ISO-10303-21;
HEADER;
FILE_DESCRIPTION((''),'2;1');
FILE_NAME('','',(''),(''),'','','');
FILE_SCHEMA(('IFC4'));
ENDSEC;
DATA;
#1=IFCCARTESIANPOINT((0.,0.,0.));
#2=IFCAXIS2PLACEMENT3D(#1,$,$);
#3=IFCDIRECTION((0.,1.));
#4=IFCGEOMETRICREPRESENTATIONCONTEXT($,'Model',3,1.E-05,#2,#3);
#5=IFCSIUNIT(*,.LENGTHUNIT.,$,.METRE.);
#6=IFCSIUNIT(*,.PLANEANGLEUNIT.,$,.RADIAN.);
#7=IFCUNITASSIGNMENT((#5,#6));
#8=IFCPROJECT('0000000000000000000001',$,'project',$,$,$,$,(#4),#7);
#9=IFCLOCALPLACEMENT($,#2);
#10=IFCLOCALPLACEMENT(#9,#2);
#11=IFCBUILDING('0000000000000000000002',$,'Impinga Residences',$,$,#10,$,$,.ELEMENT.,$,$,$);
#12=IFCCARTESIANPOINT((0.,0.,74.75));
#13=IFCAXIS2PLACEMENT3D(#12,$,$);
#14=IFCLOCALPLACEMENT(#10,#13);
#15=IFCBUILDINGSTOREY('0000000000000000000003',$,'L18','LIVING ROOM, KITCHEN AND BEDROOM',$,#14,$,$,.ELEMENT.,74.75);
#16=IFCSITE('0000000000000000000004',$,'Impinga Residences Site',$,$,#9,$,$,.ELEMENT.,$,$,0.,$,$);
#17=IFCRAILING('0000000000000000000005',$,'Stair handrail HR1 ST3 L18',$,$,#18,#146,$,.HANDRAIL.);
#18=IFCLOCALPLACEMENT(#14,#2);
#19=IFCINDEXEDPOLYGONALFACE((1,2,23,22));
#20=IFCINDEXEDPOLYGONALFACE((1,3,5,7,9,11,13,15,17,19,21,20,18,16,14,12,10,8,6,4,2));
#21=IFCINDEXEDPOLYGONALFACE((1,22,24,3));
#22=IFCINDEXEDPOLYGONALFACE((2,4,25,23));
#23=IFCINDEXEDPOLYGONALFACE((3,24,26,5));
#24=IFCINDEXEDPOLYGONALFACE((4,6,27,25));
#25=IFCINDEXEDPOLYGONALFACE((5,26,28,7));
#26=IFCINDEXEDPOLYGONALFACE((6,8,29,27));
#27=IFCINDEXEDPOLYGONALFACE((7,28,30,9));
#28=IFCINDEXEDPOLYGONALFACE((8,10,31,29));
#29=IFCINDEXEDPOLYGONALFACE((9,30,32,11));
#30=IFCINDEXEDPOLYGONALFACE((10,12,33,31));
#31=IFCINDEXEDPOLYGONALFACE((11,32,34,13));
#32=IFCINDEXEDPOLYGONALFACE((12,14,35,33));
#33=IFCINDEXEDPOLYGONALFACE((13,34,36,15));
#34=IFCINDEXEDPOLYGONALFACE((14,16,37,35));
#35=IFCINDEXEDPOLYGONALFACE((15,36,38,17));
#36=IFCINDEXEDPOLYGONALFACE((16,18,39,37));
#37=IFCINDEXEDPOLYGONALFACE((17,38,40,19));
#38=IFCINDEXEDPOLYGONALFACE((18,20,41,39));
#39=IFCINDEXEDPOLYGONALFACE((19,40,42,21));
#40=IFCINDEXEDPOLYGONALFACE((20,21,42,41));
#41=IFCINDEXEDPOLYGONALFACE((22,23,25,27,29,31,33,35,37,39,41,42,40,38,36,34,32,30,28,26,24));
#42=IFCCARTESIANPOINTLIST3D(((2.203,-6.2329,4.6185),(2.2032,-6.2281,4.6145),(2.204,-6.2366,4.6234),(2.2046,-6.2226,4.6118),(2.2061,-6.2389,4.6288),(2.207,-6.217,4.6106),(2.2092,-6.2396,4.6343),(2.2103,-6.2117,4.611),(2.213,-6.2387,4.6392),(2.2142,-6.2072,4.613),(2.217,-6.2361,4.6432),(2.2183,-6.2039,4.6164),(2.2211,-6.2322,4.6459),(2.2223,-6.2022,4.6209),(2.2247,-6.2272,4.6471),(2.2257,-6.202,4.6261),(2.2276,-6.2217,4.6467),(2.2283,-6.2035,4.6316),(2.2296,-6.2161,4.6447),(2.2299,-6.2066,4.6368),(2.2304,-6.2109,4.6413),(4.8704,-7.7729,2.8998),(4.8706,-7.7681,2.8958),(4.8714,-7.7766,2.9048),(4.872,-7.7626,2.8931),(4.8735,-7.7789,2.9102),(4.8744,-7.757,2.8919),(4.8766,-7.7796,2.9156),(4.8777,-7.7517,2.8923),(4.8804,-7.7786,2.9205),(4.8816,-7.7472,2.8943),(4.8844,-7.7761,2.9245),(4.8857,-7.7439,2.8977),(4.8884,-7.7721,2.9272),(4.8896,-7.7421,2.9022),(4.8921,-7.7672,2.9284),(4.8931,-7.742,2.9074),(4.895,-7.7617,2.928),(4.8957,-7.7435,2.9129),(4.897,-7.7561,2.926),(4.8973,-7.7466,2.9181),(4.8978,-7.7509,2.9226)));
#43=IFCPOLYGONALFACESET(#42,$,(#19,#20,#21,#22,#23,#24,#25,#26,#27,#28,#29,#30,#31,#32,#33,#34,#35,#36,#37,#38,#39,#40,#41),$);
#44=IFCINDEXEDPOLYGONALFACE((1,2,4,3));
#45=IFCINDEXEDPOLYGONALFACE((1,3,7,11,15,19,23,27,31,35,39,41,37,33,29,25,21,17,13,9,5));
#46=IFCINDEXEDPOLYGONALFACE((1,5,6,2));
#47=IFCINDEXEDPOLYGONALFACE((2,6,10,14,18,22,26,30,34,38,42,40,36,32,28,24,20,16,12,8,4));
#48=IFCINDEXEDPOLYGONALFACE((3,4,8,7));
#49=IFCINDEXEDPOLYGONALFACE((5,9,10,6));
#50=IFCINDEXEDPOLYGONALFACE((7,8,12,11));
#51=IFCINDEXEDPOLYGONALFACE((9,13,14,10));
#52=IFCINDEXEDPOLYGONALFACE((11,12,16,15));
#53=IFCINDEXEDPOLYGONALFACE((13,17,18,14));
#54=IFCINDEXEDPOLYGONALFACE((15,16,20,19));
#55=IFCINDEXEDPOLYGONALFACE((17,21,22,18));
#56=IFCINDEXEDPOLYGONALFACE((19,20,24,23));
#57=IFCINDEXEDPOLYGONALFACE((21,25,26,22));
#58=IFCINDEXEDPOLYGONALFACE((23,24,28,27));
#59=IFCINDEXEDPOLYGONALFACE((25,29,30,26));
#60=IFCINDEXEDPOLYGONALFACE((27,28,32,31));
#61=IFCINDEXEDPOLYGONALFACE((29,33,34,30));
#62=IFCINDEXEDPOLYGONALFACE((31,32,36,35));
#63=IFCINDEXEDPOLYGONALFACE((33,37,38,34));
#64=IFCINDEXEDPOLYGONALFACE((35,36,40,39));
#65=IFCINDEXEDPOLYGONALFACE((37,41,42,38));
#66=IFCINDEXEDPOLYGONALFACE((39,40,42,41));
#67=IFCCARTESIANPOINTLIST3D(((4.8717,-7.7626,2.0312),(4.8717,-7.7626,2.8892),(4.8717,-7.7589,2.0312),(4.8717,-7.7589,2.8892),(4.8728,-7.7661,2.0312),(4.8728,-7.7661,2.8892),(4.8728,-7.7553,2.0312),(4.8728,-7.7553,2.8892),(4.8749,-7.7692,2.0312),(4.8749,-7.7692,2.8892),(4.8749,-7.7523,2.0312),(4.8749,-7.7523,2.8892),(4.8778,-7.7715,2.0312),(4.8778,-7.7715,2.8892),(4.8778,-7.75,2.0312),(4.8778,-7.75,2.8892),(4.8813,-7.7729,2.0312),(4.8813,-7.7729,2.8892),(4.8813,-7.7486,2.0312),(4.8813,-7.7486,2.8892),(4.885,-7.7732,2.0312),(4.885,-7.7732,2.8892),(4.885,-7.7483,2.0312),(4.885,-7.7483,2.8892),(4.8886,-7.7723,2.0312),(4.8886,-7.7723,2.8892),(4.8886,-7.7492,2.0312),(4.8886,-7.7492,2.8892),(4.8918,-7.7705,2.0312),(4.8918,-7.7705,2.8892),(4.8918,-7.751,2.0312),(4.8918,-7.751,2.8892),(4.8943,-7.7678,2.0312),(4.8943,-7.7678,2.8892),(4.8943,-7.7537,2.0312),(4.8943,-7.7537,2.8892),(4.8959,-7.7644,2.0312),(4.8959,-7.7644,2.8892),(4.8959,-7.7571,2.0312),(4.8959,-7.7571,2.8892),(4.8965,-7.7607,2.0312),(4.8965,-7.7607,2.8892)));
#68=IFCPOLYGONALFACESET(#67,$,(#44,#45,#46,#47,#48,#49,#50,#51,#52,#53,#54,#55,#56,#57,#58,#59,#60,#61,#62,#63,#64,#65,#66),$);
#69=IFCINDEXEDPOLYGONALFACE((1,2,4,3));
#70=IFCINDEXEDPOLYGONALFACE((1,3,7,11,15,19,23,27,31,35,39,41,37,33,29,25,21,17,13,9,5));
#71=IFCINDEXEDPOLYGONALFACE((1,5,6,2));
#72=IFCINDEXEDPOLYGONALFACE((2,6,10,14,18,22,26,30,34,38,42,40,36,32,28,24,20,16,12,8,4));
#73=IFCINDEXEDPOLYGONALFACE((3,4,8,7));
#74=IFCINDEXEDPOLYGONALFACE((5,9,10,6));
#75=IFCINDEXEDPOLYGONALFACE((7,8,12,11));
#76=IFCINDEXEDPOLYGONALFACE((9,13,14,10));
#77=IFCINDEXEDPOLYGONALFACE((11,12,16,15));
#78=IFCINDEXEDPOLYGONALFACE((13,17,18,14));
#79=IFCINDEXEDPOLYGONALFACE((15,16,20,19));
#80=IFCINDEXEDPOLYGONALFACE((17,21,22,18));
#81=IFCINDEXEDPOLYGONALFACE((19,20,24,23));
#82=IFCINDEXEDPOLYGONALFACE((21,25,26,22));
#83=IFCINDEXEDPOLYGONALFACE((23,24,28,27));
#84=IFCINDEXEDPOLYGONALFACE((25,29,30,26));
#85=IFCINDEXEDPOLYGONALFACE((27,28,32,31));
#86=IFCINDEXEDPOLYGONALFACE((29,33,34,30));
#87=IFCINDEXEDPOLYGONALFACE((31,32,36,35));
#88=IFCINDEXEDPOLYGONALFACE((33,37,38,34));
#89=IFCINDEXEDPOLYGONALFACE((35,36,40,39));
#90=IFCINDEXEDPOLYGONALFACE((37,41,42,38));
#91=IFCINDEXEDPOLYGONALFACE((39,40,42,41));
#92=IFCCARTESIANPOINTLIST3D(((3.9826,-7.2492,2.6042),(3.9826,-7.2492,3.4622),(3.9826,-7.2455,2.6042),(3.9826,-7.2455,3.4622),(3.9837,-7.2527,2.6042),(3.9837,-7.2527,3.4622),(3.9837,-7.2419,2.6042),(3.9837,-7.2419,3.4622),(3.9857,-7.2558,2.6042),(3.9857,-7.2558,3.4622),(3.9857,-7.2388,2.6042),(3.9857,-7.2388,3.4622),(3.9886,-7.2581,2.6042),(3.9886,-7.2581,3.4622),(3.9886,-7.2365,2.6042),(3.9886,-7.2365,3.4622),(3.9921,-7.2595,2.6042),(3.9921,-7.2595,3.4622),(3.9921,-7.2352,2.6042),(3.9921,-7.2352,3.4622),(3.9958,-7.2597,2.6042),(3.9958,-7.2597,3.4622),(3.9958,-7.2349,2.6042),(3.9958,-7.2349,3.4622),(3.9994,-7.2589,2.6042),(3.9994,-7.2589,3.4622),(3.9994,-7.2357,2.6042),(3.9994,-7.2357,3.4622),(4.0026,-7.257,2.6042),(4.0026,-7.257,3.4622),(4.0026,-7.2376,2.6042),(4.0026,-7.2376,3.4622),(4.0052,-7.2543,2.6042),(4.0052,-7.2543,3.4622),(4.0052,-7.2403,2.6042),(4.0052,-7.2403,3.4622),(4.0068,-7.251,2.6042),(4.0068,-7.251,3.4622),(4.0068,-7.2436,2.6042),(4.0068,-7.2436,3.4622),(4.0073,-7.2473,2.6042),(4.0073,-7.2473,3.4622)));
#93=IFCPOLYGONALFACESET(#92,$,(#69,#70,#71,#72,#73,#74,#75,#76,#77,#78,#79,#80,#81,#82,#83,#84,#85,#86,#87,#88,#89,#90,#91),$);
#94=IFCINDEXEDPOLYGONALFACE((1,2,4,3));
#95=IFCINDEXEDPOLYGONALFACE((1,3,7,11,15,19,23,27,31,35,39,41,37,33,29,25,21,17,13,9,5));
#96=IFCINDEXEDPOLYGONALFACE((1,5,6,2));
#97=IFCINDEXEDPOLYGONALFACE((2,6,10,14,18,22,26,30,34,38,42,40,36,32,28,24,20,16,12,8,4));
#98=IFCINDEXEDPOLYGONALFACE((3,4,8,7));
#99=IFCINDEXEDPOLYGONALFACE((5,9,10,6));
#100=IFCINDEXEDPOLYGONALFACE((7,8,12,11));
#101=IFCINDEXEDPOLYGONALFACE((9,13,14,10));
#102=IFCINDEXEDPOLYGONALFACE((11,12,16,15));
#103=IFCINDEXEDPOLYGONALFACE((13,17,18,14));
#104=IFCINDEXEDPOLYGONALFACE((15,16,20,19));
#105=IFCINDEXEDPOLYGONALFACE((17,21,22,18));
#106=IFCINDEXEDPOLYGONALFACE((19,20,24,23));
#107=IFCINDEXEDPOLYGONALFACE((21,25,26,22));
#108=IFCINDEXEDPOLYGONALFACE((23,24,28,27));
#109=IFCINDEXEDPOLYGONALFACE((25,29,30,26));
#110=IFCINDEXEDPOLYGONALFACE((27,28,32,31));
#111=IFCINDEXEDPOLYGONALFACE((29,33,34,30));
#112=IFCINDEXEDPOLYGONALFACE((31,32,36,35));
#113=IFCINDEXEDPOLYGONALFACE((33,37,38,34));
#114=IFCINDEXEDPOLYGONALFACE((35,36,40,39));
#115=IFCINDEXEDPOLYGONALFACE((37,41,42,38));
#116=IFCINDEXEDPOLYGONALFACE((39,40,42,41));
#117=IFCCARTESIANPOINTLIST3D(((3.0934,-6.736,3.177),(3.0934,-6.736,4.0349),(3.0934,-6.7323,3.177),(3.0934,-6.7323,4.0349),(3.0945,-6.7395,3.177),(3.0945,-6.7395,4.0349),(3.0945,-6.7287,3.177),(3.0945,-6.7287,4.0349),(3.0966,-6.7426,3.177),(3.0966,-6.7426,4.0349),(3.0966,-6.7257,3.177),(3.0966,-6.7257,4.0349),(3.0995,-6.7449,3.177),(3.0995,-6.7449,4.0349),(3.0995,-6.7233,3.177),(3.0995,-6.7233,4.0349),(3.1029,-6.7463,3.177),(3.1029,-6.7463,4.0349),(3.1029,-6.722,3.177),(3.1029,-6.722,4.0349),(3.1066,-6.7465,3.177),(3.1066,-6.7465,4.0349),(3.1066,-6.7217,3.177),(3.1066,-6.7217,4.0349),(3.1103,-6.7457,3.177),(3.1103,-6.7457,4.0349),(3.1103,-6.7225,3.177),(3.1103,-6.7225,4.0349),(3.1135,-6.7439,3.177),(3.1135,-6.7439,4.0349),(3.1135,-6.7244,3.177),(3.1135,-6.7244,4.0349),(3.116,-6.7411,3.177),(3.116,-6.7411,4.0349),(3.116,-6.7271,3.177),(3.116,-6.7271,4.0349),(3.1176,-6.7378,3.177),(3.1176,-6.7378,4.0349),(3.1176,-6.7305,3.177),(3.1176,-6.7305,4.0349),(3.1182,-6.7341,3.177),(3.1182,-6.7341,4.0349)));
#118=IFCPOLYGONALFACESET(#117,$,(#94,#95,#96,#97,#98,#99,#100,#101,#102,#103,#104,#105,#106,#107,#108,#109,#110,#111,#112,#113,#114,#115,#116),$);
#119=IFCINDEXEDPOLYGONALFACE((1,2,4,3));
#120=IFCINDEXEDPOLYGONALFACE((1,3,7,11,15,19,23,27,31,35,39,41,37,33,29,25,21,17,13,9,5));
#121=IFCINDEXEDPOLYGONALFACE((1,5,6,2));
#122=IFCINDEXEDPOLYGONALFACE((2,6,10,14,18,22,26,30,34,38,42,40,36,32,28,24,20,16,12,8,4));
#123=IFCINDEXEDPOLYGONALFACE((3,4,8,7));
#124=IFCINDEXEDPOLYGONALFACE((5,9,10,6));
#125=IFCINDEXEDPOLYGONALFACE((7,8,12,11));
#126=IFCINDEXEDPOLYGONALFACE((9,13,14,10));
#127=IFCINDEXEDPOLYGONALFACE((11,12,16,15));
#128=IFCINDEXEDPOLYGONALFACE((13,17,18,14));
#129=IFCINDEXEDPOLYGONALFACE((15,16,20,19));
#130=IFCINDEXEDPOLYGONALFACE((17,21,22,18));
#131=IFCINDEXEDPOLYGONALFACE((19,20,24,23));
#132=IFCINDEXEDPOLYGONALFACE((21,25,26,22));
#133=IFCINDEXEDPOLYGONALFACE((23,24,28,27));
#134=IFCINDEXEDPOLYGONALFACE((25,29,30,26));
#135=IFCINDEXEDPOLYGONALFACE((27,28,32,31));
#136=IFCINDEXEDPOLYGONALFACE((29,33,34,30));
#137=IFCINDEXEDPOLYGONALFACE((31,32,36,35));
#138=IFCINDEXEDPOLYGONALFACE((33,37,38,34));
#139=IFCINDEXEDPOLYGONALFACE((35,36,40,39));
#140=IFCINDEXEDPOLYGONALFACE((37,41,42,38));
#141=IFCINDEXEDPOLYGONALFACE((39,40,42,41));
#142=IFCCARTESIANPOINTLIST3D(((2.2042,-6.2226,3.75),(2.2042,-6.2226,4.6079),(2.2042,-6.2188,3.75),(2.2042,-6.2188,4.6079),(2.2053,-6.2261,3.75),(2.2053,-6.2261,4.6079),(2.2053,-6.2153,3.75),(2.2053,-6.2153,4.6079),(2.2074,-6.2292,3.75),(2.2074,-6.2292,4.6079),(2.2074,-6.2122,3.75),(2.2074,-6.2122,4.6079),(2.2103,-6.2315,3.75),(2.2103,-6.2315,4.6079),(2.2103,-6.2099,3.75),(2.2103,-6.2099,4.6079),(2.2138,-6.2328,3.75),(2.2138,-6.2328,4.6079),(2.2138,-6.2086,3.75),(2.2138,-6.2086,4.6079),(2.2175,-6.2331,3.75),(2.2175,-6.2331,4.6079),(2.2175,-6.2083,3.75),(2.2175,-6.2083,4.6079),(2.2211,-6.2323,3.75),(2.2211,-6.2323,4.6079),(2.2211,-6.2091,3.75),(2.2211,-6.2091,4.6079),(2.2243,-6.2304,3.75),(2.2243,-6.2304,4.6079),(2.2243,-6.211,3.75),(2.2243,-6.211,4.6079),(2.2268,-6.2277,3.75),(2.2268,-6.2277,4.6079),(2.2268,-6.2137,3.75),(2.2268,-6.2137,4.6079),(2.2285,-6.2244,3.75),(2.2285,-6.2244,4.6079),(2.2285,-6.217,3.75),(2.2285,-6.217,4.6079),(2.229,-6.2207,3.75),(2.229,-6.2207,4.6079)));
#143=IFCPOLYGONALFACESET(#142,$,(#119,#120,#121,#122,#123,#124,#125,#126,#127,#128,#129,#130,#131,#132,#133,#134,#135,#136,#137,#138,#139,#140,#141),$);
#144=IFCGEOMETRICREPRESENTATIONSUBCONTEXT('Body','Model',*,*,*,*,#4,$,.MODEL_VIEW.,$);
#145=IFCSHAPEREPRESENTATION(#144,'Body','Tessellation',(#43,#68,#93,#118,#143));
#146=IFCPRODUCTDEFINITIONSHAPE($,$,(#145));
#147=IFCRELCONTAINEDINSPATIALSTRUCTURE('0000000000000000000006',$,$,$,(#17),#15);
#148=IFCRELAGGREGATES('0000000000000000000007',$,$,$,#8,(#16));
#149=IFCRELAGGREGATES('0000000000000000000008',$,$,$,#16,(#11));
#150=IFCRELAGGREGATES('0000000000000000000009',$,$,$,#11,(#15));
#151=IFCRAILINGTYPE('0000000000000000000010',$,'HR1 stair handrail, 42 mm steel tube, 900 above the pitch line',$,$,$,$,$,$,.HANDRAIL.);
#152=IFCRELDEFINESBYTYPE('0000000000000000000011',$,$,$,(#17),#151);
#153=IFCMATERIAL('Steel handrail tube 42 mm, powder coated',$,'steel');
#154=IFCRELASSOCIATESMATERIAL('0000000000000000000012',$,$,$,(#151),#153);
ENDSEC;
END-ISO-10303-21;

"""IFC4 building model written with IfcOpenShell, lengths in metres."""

from ifc_helpers import new_model, si_unit, direction, frame, origin, origin_2d, place, context, subcontext, project, spatial, circle, extrude, material, type_object, element, save


model = new_model("IFC4")

# Units and contexts
model_context = context("Model", 3, precision=1e-05, world=origin(), true_north=direction((0.0, 1.0)))
body_context = subcontext(model_context, "Body", "Model", "MODEL_VIEW")
ifc_project = project(units=[si_unit("LENGTHUNIT", "METRE"), si_unit("PLANEANGLEUNIT", "RADIAN")], contexts=[model_context])

# Site, building, storey
site_placement = place(None, origin())
site = spatial("IfcSite", under=ifc_project, at=site_placement, Name="Impinga Residences Site", CompositionType="ELEMENT", RefElevation=0.0)
building_placement = place(site_placement, origin())
building = spatial("IfcBuilding", under=site, at=building_placement, Name="Impinga Residences", CompositionType="ELEMENT")
storey_placement = place(building_placement, frame((0.0, 0.0, 74.75)))
storey = spatial("IfcBuildingStorey", under=building, at=storey_placement, Name="L18", Description="LIVING ROOM, KITCHEN AND BEDROOM", CompositionType="ELEMENT", Elevation=74.75)

# Railing
ifc_material_1 = material(Name="Steel handrail tube 42 mm, powder coated", Category="steel")
railing_type_1 = type_object("IfcRailingType", Name="HR1 stair handrail, 42 mm steel tube, 900 above the pitch line", PredefinedType="HANDRAIL", material=ifc_material_1)
railing_1_placement = place(storey_placement, frame((4.884, -7.7607, 2.0312)))
element("IfcRailing", 1, at=railing_1_placement, inside=storey, type_object=railing_type_1, Name="Stair handrail HR1 ST3 L18", PredefinedType="HANDRAIL", context=body_context, shape_type="SweptSolid", body=[
    extrude(circle(Radius=0.021, at=origin_2d()), frame((0.0, 0.0, 0.8789), z_axis=(-0.756256, 0.436616, 0.487282), x_axis=(-0.499992, -0.86603, 0.0)), (0.0, 0.0, 1.0), 3.5271),
    extrude(circle(Radius=0.0125, at=origin_2d()), origin(), (0.0, 0.0, 1.0), 0.8579),
    extrude(circle(Radius=0.0125, at=origin_2d()), frame((-0.8892, 0.5134, 0.573)), (0.0, 0.0, 1.0), 0.8579),
    extrude(circle(Radius=0.0125, at=origin_2d()), frame((-1.7783, 1.0266, 1.1458)), (0.0, 0.0, 1.0), 0.8579),
    extrude(circle(Radius=0.0125, at=origin_2d()), frame((-2.6675, 1.54, 1.7188)), (0.0, 0.0, 1.0), 0.8579),
])

save(model, "model.ifc")
